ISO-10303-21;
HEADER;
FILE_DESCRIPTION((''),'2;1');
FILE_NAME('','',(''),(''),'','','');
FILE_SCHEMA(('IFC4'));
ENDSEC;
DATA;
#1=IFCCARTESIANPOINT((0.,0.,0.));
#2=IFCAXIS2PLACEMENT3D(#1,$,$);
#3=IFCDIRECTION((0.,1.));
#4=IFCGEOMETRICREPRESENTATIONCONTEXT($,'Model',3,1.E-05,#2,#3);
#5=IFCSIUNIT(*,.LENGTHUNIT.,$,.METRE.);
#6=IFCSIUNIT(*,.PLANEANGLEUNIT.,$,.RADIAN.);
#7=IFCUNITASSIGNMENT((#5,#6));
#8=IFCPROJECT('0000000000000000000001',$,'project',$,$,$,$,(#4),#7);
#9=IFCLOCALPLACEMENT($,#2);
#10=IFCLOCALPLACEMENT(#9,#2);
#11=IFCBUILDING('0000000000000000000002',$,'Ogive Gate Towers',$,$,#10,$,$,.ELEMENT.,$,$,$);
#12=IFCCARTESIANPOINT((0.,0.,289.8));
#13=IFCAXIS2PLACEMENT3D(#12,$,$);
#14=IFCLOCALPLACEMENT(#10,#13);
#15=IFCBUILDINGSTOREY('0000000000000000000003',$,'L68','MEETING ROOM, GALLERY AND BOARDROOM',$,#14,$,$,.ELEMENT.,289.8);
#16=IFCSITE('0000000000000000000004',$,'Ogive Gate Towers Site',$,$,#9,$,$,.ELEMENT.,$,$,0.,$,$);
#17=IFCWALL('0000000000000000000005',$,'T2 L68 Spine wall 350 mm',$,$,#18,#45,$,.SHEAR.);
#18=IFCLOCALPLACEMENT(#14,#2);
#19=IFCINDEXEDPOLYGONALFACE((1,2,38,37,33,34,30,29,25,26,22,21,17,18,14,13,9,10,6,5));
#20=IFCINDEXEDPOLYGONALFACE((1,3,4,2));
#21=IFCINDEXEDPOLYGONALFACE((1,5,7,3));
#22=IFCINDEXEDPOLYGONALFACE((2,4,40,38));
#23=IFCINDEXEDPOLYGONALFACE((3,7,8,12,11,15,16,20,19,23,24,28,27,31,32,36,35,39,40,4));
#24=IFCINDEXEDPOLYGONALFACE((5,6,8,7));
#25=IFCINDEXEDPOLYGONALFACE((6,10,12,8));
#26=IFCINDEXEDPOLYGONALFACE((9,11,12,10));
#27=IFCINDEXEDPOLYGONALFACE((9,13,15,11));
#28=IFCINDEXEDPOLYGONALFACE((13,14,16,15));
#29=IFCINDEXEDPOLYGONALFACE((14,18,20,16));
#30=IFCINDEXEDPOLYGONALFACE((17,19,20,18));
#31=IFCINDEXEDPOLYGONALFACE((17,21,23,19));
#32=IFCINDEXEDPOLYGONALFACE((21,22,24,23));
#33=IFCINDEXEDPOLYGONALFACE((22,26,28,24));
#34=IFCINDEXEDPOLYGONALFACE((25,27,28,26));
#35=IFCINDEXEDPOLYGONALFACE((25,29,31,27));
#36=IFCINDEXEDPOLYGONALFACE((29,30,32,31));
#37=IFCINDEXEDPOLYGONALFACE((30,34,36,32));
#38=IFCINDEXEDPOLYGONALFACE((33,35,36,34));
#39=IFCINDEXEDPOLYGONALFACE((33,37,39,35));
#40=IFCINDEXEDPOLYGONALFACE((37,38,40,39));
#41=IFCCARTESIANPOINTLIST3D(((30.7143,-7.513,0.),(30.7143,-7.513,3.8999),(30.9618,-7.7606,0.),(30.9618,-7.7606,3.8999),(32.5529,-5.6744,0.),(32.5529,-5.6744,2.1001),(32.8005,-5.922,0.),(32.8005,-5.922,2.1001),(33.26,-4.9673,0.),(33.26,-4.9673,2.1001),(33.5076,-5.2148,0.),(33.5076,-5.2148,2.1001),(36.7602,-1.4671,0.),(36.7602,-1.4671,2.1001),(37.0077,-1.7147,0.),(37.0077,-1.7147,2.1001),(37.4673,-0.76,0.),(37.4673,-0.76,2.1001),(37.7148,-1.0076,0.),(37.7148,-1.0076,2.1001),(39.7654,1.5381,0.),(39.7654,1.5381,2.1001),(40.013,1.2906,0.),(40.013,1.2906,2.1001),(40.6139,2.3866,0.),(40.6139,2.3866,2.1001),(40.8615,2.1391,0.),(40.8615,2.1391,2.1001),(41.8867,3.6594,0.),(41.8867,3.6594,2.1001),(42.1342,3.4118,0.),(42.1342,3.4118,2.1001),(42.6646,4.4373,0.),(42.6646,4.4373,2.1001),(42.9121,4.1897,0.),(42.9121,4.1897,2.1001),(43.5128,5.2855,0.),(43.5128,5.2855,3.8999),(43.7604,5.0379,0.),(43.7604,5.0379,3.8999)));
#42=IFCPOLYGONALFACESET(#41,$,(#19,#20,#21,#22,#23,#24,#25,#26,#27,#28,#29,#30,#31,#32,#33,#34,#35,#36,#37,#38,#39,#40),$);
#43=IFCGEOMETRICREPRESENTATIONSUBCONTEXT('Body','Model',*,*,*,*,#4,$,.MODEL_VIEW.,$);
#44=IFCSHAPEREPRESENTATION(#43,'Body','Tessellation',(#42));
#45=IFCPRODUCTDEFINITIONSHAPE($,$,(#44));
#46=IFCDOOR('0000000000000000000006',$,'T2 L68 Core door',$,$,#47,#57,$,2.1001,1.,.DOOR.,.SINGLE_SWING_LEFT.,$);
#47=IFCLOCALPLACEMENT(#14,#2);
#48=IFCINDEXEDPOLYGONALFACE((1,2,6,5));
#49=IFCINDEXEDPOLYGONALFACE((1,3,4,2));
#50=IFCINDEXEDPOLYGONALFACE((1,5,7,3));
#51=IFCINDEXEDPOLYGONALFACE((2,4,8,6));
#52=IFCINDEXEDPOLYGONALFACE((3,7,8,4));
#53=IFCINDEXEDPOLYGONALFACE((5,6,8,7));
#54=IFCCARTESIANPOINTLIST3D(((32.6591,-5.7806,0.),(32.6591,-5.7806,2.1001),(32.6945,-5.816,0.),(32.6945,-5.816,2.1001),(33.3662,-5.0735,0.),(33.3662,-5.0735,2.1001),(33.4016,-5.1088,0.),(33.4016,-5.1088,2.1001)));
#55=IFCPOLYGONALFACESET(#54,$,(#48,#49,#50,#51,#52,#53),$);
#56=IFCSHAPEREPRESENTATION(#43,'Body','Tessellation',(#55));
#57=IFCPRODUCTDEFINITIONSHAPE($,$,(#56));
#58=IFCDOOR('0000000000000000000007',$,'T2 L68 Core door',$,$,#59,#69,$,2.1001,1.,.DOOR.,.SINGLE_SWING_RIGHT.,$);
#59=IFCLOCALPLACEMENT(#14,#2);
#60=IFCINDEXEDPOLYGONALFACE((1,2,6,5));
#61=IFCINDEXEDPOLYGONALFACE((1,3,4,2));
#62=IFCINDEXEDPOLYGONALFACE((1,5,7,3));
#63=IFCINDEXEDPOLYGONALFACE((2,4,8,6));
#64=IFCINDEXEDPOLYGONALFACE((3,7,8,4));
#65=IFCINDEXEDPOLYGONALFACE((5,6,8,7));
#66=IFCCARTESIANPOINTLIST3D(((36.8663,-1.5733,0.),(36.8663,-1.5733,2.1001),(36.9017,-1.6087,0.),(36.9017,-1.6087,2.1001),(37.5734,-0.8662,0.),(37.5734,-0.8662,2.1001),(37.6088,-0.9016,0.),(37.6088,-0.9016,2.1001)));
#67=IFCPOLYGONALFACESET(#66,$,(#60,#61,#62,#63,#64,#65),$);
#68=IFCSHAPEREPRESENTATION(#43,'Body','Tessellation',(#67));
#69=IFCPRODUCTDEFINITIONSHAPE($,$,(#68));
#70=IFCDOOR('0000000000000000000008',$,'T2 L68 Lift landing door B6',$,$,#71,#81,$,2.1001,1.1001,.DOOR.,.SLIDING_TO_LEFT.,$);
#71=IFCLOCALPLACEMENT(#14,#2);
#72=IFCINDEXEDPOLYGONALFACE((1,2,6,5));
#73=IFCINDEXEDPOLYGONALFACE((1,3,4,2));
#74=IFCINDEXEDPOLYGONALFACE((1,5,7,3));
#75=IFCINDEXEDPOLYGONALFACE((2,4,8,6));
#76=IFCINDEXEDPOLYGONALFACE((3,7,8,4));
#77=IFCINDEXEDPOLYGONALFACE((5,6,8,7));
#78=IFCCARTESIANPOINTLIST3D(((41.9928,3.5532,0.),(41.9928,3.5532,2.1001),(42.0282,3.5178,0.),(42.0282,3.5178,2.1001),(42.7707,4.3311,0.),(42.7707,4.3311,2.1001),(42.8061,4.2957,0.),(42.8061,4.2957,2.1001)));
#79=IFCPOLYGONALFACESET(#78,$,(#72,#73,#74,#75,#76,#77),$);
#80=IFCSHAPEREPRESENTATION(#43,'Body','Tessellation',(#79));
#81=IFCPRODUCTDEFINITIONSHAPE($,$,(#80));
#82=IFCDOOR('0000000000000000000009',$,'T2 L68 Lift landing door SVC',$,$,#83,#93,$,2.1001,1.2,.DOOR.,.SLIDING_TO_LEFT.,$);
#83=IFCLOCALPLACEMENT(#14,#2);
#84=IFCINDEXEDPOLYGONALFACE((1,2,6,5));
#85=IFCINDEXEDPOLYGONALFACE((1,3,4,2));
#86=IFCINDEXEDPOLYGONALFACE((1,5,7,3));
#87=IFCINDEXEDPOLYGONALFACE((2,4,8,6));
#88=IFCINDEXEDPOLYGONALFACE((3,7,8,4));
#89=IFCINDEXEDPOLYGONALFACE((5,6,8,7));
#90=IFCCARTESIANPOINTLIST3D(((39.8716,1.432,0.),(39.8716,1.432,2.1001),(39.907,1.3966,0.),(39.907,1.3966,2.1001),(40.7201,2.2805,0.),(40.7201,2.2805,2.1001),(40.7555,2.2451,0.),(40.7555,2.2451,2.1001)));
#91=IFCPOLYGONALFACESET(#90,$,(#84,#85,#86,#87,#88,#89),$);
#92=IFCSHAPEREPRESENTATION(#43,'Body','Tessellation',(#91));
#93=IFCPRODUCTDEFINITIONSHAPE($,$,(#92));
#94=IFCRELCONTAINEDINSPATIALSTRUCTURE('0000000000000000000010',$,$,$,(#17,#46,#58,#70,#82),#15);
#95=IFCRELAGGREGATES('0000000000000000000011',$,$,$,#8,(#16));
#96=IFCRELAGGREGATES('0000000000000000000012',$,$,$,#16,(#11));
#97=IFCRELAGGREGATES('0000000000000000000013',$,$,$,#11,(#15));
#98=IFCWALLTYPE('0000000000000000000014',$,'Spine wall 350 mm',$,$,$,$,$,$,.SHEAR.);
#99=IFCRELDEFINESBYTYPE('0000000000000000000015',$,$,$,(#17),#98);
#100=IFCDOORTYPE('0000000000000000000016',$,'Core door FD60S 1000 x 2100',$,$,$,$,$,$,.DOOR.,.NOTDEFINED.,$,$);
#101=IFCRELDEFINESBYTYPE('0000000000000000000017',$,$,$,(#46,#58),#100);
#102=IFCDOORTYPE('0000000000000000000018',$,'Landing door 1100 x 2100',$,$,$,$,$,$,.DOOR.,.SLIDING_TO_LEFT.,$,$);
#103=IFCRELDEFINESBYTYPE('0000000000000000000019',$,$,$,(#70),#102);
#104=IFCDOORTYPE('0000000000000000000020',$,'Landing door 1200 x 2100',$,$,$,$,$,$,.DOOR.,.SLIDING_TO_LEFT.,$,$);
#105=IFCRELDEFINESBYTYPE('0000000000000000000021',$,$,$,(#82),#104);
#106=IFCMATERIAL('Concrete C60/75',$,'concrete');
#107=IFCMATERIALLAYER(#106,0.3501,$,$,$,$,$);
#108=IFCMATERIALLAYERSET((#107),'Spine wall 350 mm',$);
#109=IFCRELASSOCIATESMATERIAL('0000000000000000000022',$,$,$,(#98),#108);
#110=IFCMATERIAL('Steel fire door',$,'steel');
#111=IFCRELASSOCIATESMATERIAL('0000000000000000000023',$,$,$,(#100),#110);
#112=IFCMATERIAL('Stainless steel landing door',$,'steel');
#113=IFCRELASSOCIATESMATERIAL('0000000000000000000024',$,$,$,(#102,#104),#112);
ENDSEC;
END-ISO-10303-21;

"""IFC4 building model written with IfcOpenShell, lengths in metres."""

from ifc_helpers import new_model, si_unit, direction, frame, frame_2d, origin, place, context, subcontext, project, spatial, rectangle, extrude, material, layer, layer_set, type_object, element, fill, save


model = new_model("IFC4")

# Units and contexts
model_context = context("Model", 3, precision=1e-05, world=origin(), true_north=direction((0.0, 1.0)))
body_context = subcontext(model_context, "Body", "Model", "MODEL_VIEW")
ifc_project = project(units=[si_unit("LENGTHUNIT", "METRE"), si_unit("PLANEANGLEUNIT", "RADIAN")], contexts=[model_context])

# Site, building, storey
site_placement = place(None, origin())
site = spatial("IfcSite", under=ifc_project, at=site_placement, Name="Ogive Gate Towers Site", CompositionType="ELEMENT", RefElevation=0.0)
building_placement = place(site_placement, origin())
building = spatial("IfcBuilding", under=site, at=building_placement, Name="Ogive Gate Towers", CompositionType="ELEMENT")
storey_placement = place(building_placement, frame((0.0, 0.0, 289.8)))
storey = spatial("IfcBuildingStorey", under=building, at=storey_placement, Name="L68", Description="MEETING ROOM, GALLERY AND BOARDROOM", CompositionType="ELEMENT", Elevation=289.8)

# Shared definitions
ifc_material_1 = material(Name="Concrete C60/75", Category="concrete")

# Wall, openings, doors
ifc_layer_1 = layer(ifc_material_1, 0.3501)
ifc_layer_set_1 = layer_set([ifc_layer_1], Name="Spine wall 350 mm")
wall_type_1 = type_object("IfcWallType", Name="Spine wall 350 mm", PredefinedType="SHEAR", material=ifc_layer_set_1)
wall_1_placement = place(storey_placement, frame((30.8381, -7.6367, 0.0), z_axis=(0.0, 0.0, 1.0), x_axis=(0.707107, 0.707107, 0.0)))
wall_1 = element("IfcWall", 1, at=wall_1_placement, inside=storey, type_object=wall_type_1, Name="T2 L68 Spine wall 350 mm", PredefinedType="SHEAR", context=body_context, shape_type="SweptSolid", body=[
    extrude(rectangle(XDim=18.0999, YDim=0.3501, at=frame_2d((9.0498, 0.0))), origin(), (0.0, 0.0, 1.0), 3.8999),
])
opening_1_placement = place(wall_1_placement, frame((12.8, 0.0, 0.0)))
opening_1 = element("IfcOpeningElement", 2, at=opening_1_placement, cuts=wall_1, PredefinedType="OPENING", context=body_context, shape_type="SweptSolid", body=[
    extrude(rectangle(XDim=1.2, YDim=2.1001, at=frame_2d((0.6001, 1.05))), frame((0.0, 0.1851, 0.0), z_axis=(0.0, -1.0, 0.0), x_axis=(1.0, 0.0, 0.0)), (0.0, 0.0, 1.0), 0.3701),
])
opening_2_placement = place(wall_1_placement, frame((15.8, 0.0, 0.0)))
opening_2 = element("IfcOpeningElement", 3, at=opening_2_placement, cuts=wall_1, PredefinedType="OPENING", context=body_context, shape_type="SweptSolid", body=[
    extrude(rectangle(XDim=1.1001, YDim=2.1001, at=frame_2d((0.55, 1.05))), frame((0.0, 0.1851, 0.0), z_axis=(0.0, -1.0, 0.0), x_axis=(1.0, 0.0, 0.0)), (0.0, 0.0, 1.0), 0.3701),
])
opening_3_placement = place(wall_1_placement, frame((2.6001, 0.0, 0.0)))
opening_3 = element("IfcOpeningElement", 4, at=opening_3_placement, cuts=wall_1, PredefinedType="OPENING", context=body_context, shape_type="SweptSolid", body=[
    extrude(rectangle(XDim=1.0, YDim=2.1001, at=frame_2d((0.5, 1.05))), frame((0.0, 0.1851, 0.0), z_axis=(0.0, -1.0, 0.0), x_axis=(1.0, 0.0, 0.0)), (0.0, 0.0, 1.0), 0.3701),
])
opening_4_placement = place(wall_1_placement, frame((8.55, 0.0, 0.0)))
opening_4 = element("IfcOpeningElement", 5, at=opening_4_placement, cuts=wall_1, PredefinedType="OPENING", context=body_context, shape_type="SweptSolid", body=[
    extrude(rectangle(XDim=1.0, YDim=2.1001, at=frame_2d((0.5, 1.05))), frame((0.0, 0.1851, 0.0), z_axis=(0.0, -1.0, 0.0), x_axis=(1.0, 0.0, 0.0)), (0.0, 0.0, 1.0), 0.3701),
])
ifc_material_2 = material(Name="Steel fire door", Category="steel")
door_type_1 = type_object("IfcDoorType", Name="Core door FD60S 1000 x 2100", OperationType="NOTDEFINED", PredefinedType="DOOR", material=ifc_material_2)
door_1_placement = place(opening_3_placement, origin())
door_1 = element("IfcDoor", 6, at=door_1_placement, inside=storey, type_object=door_type_1, Name="T2 L68 Core door", OperationType="SINGLE_SWING_LEFT", OverallHeight=2.1001, OverallWidth=1.0, PredefinedType="DOOR", context=body_context, shape_type="SweptSolid", body=[
    extrude(rectangle(XDim=1.0, YDim=2.1001, at=frame_2d((0.5, 1.05))), frame((0.0, 0.0249, 0.0), z_axis=(0.0, -1.0, 0.0), x_axis=(1.0, 0.0, 0.0)), (0.0, 0.0, 1.0), 0.05),
])
fill(opening_3, door_1)
door_2_placement = place(opening_4_placement, origin())
door_2 = element("IfcDoor", 7, at=door_2_placement, inside=storey, type_object=door_type_1, Name="T2 L68 Core door", OperationType="SINGLE_SWING_RIGHT", OverallHeight=2.1001, OverallWidth=1.0, PredefinedType="DOOR", context=body_context, shape_type="SweptSolid", body=[
    extrude(rectangle(XDim=1.0, YDim=2.1001, at=frame_2d((0.5, 1.05))), frame((0.0, 0.0249, 0.0), z_axis=(0.0, -1.0, 0.0), x_axis=(1.0, 0.0, 0.0)), (0.0, 0.0, 1.0), 0.05),
])
fill(opening_4, door_2)
ifc_material_3 = material(Name="Stainless steel landing door", Category="steel")
door_type_2 = type_object("IfcDoorType", Name="Landing door 1100 x 2100", OperationType="SLIDING_TO_LEFT", PredefinedType="DOOR", material=ifc_material_3)
door_3_placement = place(opening_2_placement, origin())
door_3 = element("IfcDoor", 8, at=door_3_placement, inside=storey, type_object=door_type_2, Name="T2 L68 Lift landing door B6", OperationType="SLIDING_TO_LEFT", OverallHeight=2.1001, OverallWidth=1.1001, PredefinedType="DOOR", context=body_context, shape_type="SweptSolid", body=[
    extrude(rectangle(XDim=1.1001, YDim=2.1001, at=frame_2d((0.55, 1.05))), frame((0.0, 0.0249, 0.0), z_axis=(0.0, -1.0, 0.0), x_axis=(1.0, 0.0, 0.0)), (0.0, 0.0, 1.0), 0.05),
])
fill(opening_2, door_3)
door_type_3 = type_object("IfcDoorType", Name="Landing door 1200 x 2100", OperationType="SLIDING_TO_LEFT", PredefinedType="DOOR", material=ifc_material_3)
door_4_placement = place(opening_1_placement, origin())
door_4 = element("IfcDoor", 9, at=door_4_placement, inside=storey, type_object=door_type_3, Name="T2 L68 Lift landing door SVC", OperationType="SLIDING_TO_LEFT", OverallHeight=2.1001, OverallWidth=1.2, PredefinedType="DOOR", context=body_context, shape_type="SweptSolid", body=[
    extrude(rectangle(XDim=1.2, YDim=2.1001, at=frame_2d((0.6001, 1.05))), frame((0.0, 0.0249, 0.0), z_axis=(0.0, -1.0, 0.0), x_axis=(1.0, 0.0, 0.0)), (0.0, 0.0, 1.0), 0.05),
])
fill(opening_1, door_4)

save(model, "model.ifc")
